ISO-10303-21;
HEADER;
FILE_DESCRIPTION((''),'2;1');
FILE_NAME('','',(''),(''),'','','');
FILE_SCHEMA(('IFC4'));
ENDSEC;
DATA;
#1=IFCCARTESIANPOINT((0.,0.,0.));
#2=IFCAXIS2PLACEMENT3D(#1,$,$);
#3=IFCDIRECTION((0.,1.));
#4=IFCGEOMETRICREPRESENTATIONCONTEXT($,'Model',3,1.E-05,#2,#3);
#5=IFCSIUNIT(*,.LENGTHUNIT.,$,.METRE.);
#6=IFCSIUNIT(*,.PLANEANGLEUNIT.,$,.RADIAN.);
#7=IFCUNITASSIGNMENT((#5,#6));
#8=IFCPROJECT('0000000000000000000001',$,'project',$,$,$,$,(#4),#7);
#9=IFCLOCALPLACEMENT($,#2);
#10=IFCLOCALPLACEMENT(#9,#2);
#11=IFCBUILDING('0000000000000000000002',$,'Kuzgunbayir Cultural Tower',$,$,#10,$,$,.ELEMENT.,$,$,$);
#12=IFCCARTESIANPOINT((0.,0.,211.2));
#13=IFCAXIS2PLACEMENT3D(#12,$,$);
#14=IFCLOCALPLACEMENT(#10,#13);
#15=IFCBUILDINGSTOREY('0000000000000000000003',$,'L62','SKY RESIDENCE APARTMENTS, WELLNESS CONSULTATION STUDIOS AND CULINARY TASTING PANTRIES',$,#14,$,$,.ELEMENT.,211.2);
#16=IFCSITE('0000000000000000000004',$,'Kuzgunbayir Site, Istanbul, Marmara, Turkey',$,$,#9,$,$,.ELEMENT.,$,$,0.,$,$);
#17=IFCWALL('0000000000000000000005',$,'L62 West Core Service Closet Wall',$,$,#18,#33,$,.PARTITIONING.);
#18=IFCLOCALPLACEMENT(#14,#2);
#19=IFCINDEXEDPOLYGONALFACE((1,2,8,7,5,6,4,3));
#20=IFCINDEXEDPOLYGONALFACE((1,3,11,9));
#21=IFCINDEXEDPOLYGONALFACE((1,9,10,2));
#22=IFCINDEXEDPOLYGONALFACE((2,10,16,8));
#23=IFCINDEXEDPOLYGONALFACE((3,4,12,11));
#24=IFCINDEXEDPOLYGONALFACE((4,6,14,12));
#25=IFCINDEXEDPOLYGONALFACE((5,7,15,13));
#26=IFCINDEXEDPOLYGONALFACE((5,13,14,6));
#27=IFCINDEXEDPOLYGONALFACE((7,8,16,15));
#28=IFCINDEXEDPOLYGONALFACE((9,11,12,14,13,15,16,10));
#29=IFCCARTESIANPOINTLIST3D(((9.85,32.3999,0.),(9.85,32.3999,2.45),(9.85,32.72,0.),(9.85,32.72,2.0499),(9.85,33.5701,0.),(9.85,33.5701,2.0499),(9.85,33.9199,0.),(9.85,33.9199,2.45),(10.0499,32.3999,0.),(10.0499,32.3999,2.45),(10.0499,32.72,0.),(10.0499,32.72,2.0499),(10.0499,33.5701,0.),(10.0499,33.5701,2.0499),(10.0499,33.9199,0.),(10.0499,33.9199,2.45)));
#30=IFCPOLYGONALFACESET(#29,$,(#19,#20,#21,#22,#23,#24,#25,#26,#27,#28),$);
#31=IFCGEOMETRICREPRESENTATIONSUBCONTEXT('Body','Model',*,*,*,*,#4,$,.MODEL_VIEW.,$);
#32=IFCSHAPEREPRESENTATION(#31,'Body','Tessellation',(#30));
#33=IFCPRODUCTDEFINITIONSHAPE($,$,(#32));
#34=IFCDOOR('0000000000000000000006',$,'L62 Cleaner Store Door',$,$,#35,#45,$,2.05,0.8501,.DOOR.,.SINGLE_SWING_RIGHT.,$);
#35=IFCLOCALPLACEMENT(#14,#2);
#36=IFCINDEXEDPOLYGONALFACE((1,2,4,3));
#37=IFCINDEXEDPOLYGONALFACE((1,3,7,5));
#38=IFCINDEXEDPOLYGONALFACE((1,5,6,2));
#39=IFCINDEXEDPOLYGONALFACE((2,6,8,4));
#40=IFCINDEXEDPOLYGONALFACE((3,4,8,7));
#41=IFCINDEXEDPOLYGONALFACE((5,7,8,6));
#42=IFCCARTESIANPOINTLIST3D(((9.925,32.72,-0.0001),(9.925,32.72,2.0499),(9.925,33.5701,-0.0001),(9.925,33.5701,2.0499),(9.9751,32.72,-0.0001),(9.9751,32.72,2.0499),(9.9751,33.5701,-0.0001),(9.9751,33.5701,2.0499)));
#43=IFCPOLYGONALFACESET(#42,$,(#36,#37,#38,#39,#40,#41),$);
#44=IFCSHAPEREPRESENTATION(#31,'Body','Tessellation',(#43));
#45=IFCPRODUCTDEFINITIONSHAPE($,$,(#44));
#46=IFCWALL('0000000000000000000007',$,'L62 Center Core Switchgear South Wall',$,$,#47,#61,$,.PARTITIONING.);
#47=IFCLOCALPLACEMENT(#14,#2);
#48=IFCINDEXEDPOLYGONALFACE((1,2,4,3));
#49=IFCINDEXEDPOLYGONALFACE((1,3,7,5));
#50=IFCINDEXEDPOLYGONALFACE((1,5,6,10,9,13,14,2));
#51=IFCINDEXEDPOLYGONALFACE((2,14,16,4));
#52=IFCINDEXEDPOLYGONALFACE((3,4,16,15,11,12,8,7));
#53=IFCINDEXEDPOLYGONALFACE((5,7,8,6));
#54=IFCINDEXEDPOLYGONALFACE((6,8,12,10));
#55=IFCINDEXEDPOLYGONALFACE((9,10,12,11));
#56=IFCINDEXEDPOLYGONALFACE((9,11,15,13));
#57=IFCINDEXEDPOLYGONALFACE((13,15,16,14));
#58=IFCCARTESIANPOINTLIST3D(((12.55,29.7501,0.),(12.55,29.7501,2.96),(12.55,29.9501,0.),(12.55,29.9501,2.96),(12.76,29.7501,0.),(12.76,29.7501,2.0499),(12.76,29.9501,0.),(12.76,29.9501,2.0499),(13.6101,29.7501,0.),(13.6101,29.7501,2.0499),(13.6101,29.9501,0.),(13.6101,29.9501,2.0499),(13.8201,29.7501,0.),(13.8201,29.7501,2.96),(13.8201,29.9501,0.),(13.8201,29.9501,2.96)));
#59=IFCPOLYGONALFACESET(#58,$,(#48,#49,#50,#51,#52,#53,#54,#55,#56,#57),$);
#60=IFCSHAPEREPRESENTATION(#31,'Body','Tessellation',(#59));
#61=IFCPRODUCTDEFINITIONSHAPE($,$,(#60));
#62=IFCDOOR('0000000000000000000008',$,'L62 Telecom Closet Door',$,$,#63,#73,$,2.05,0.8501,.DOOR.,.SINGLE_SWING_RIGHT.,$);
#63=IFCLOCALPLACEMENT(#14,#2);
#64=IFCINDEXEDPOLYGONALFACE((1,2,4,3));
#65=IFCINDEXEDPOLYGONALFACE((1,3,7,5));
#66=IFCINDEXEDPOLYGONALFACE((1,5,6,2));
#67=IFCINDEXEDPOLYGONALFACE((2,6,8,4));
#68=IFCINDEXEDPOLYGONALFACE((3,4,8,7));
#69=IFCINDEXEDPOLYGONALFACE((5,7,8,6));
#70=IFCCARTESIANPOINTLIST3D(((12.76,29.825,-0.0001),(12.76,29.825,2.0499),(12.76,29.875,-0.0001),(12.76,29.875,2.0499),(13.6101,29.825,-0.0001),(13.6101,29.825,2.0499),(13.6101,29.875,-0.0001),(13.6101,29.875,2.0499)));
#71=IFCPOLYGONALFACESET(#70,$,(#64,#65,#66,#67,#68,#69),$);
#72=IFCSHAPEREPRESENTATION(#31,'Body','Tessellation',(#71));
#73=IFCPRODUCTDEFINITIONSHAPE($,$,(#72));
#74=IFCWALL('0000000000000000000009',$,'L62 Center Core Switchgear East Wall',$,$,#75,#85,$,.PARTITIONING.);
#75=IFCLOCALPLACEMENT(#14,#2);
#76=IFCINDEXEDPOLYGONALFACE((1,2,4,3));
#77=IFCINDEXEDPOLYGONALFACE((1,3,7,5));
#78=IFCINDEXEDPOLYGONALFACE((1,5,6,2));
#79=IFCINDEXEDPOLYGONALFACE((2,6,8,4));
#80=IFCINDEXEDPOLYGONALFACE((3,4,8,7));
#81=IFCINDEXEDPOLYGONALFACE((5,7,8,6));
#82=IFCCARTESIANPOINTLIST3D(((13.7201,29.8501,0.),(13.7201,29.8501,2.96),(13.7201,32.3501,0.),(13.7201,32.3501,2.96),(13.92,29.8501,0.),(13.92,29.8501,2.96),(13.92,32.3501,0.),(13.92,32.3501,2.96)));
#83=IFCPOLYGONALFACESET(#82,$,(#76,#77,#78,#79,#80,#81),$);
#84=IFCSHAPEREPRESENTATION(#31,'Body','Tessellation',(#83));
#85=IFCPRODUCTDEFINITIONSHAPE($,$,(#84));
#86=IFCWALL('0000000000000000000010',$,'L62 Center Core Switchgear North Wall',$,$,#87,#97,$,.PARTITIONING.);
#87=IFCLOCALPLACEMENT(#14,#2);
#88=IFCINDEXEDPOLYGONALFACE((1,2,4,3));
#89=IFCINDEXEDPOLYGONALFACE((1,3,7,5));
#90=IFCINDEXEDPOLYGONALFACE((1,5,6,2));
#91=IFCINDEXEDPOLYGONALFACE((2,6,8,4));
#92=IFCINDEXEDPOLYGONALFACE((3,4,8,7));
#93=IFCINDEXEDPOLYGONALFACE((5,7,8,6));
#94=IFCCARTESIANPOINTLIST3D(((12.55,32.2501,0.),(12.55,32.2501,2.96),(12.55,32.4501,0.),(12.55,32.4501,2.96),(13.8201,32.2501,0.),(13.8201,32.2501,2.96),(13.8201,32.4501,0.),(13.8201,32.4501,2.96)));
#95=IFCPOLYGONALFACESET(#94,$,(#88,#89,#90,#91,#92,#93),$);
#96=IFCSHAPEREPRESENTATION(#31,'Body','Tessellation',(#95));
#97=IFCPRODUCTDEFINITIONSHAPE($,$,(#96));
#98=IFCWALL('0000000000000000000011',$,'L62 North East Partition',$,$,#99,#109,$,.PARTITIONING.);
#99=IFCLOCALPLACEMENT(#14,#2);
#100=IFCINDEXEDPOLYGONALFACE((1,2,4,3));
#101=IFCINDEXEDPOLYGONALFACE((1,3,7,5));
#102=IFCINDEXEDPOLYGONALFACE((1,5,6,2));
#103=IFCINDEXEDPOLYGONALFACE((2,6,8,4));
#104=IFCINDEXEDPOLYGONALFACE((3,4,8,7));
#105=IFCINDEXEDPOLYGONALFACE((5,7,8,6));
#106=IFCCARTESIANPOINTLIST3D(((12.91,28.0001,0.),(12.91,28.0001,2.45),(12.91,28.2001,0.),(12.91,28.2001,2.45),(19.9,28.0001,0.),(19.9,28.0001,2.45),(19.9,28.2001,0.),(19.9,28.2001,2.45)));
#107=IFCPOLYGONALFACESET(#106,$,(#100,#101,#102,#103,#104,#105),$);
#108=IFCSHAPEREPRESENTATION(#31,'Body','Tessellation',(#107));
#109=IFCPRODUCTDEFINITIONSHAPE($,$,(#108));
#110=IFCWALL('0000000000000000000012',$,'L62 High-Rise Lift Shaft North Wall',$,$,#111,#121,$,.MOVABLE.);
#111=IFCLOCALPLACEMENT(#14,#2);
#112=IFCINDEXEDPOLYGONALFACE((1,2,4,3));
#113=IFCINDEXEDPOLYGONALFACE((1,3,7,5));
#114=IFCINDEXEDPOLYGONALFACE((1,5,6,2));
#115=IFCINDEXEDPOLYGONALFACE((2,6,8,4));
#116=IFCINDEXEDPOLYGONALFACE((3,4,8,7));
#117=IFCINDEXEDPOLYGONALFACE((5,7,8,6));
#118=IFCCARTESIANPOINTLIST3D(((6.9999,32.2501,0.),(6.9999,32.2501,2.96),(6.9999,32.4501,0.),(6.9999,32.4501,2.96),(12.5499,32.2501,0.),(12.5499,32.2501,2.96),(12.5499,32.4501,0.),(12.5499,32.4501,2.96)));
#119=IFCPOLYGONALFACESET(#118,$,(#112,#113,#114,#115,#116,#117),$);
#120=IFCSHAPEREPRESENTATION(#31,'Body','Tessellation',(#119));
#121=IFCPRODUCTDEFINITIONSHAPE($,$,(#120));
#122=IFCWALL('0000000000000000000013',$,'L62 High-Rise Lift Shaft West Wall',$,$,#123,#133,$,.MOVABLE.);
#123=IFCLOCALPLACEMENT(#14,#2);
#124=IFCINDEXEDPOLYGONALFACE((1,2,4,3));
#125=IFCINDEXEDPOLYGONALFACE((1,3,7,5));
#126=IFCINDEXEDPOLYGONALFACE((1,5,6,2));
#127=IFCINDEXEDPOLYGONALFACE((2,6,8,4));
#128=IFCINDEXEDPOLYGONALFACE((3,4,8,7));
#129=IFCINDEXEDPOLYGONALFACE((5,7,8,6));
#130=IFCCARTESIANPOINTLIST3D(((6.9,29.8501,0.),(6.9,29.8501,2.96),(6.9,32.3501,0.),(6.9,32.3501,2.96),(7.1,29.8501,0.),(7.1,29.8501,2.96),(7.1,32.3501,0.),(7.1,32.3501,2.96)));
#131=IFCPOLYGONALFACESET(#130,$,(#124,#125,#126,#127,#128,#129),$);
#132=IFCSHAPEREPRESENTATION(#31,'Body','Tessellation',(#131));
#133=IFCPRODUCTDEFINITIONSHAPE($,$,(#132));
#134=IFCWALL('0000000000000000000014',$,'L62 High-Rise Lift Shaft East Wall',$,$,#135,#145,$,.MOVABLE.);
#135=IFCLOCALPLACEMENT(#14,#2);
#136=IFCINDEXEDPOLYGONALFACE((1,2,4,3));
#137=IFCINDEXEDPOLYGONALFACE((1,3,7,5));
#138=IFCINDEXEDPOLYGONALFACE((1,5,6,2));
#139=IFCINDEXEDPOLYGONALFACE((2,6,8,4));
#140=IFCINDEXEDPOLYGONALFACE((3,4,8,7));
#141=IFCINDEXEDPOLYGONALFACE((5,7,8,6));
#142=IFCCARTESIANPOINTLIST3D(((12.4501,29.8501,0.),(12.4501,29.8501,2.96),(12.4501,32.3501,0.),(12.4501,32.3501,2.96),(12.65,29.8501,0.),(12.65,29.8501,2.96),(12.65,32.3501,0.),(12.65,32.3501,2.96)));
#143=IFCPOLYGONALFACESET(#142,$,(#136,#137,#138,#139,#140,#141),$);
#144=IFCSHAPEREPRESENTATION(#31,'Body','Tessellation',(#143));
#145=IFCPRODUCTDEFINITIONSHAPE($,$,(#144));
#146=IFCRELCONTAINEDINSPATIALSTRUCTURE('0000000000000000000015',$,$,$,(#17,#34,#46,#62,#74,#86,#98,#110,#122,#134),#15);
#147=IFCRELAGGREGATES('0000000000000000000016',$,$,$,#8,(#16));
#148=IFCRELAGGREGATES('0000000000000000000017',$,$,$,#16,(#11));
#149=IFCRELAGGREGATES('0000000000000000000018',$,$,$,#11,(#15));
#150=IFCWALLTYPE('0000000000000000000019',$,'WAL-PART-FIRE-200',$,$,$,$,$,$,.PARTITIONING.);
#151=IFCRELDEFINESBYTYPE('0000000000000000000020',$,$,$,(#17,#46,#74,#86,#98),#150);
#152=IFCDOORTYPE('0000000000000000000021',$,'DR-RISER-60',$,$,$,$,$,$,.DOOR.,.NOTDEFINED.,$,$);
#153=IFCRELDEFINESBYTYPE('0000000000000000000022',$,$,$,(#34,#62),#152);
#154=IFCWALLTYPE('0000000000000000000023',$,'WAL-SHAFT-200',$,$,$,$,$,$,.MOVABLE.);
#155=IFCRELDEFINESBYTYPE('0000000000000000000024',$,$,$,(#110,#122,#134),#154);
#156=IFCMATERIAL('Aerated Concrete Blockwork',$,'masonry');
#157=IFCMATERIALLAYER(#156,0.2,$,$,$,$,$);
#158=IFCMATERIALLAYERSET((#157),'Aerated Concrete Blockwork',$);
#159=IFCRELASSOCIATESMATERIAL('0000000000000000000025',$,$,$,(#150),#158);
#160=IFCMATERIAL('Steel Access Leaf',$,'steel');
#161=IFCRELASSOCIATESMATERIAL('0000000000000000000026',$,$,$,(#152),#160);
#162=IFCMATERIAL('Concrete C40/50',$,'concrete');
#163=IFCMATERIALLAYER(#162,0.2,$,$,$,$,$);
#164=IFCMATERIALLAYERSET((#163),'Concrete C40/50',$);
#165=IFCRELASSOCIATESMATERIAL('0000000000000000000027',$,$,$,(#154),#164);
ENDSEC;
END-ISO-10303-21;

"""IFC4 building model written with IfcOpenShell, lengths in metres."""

from ifc_helpers import new_model, si_unit, direction, frame, frame_2d, origin, place, context, subcontext, project, spatial, rectangle, extrude, material, layer, layer_set, type_object, element, fill, save


model = new_model("IFC4")

# Units and contexts
model_context = context("Model", 3, precision=1e-05, world=origin(), true_north=direction((0.0, 1.0)))
body_context = subcontext(model_context, "Body", "Model", "MODEL_VIEW")
ifc_project = project(units=[si_unit("LENGTHUNIT", "METRE"), si_unit("PLANEANGLEUNIT", "RADIAN")], contexts=[model_context])

# Site, building, storey
site_placement = place(None, origin())
site = spatial("IfcSite", under=ifc_project, at=site_placement, Name="Kuzgunbayir Site, Istanbul, Marmara, Turkey", CompositionType="ELEMENT", RefElevation=0.0)
building_placement = place(site_placement, origin())
building = spatial("IfcBuilding", under=site, at=building_placement, Name="Kuzgunbayir Cultural Tower", CompositionType="ELEMENT")
storey_placement = place(building_placement, frame((0.0, 0.0, 211.2)))
storey = spatial("IfcBuildingStorey", under=building, at=storey_placement, Name="L62", Description="SKY RESIDENCE APARTMENTS, WELLNESS CONSULTATION STUDIOS AND CULINARY TASTING PANTRIES", CompositionType="ELEMENT", Elevation=211.2)

# Walls, openings, doors
ifc_material_1 = material(Name="Aerated Concrete Blockwork", Category="masonry")
ifc_layer_1 = layer(ifc_material_1, 0.2)
ifc_layer_set_1 = layer_set([ifc_layer_1], Name="Aerated Concrete Blockwork")
wall_type_1 = type_object("IfcWallType", Name="WAL-PART-FIRE-200", PredefinedType="PARTITIONING", material=ifc_layer_set_1)
wall_1_placement = place(storey_placement, frame((9.95, 32.3999, 0.0), z_axis=(0.0, 0.0, 1.0), x_axis=(0.0, 1.0, 0.0)))
wall_1 = element("IfcWall", 1, at=wall_1_placement, inside=storey, type_object=wall_type_1, Name="L62 West Core Service Closet Wall", PredefinedType="PARTITIONING", context=body_context, shape_type="SweptSolid", body=[
    extrude(rectangle(XDim=1.52, YDim=0.2, at=frame_2d((0.76, 0.0))), origin(), (0.0, 0.0, 1.0), 2.45),
])
opening_1_placement = place(wall_1_placement, frame((0.3201, 0.0, 0.0)))
opening_1 = element("IfcOpeningElement", 2, at=opening_1_placement, cuts=wall_1, PredefinedType="OPENING", context=body_context, shape_type="SweptSolid", body=[
    extrude(rectangle(XDim=0.8501, YDim=2.05, at=frame_2d((0.425, 1.0249))), frame((0.0, 0.1099, 0.0), z_axis=(0.0, -1.0, 0.0), x_axis=(1.0, 0.0, 0.0)), (0.0, 0.0, 1.0), 0.22),
])
ifc_material_2 = material(Name="Steel Access Leaf", Category="steel")
door_type_1 = type_object("IfcDoorType", Name="DR-RISER-60", OperationType="NOTDEFINED", PredefinedType="DOOR", material=ifc_material_2)
door_1_placement = place(opening_1_placement, origin())
door_1 = element("IfcDoor", 3, at=door_1_placement, inside=storey, type_object=door_type_1, Name="L62 Cleaner Store Door", OperationType="SINGLE_SWING_RIGHT", OverallHeight=2.05, OverallWidth=0.8501, PredefinedType="DOOR", context=body_context, shape_type="SweptSolid", body=[
    extrude(rectangle(XDim=0.8501, YDim=2.05, at=frame_2d((0.425, 1.0249))), frame((0.0, 0.0249, 0.0), z_axis=(0.0, -1.0, 0.0), x_axis=(1.0, 0.0, 0.0)), (0.0, 0.0, 1.0), 0.05),
])
fill(opening_1, door_1)
wall_2_placement = place(storey_placement, frame((12.55, 29.8501, 0.0), z_axis=(0.0, 0.0, 1.0), x_axis=(1.0, 0.0, 0.0)))
wall_2 = element("IfcWall", 4, at=wall_2_placement, inside=storey, type_object=wall_type_1, Name="L62 Center Core Switchgear South Wall", PredefinedType="PARTITIONING", context=body_context, shape_type="SweptSolid", body=[
    extrude(rectangle(XDim=1.27, YDim=0.2, at=frame_2d((0.635, 0.0))), origin(), (0.0, 0.0, 1.0), 2.96),
])
opening_2_placement = place(wall_2_placement, frame((0.21, 0.0, 0.0)))
opening_2 = element("IfcOpeningElement", 5, at=opening_2_placement, cuts=wall_2, PredefinedType="OPENING", context=body_context, shape_type="SweptSolid", body=[
    extrude(rectangle(XDim=0.8501, YDim=2.05, at=frame_2d((0.425, 1.0249))), frame((0.0, 0.1099, 0.0), z_axis=(0.0, -1.0, 0.0), x_axis=(1.0, 0.0, 0.0)), (0.0, 0.0, 1.0), 0.22),
])
door_2_placement = place(opening_2_placement, origin())
door_2 = element("IfcDoor", 6, at=door_2_placement, inside=storey, type_object=door_type_1, Name="L62 Telecom Closet Door", OperationType="SINGLE_SWING_RIGHT", OverallHeight=2.05, OverallWidth=0.8501, PredefinedType="DOOR", context=body_context, shape_type="SweptSolid", body=[
    extrude(rectangle(XDim=0.8501, YDim=2.05, at=frame_2d((0.425, 1.0249))), frame((0.0, 0.0249, 0.0), z_axis=(0.0, -1.0, 0.0), x_axis=(1.0, 0.0, 0.0)), (0.0, 0.0, 1.0), 0.05),
])
fill(opening_2, door_2)

# Walls
wall_3_placement = place(storey_placement, frame((13.8201, 29.8501, 0.0), z_axis=(0.0, 0.0, 1.0), x_axis=(0.0, 1.0, 0.0)))
element("IfcWall", 7, at=wall_3_placement, inside=storey, type_object=wall_type_1, Name="L62 Center Core Switchgear East Wall", PredefinedType="PARTITIONING", context=body_context, shape_type="SweptSolid", body=[
    extrude(rectangle(XDim=2.5, YDim=0.2, at=frame_2d((1.25, 0.0))), origin(), (0.0, 0.0, 1.0), 2.96),
])
wall_4_placement = place(storey_placement, frame((12.55, 32.3501, 0.0), z_axis=(0.0, 0.0, 1.0), x_axis=(1.0, 0.0, 0.0)))
element("IfcWall", 8, at=wall_4_placement, inside=storey, type_object=wall_type_1, Name="L62 Center Core Switchgear North Wall", PredefinedType="PARTITIONING", context=body_context, shape_type="SweptSolid", body=[
    extrude(rectangle(XDim=1.27, YDim=0.2, at=frame_2d((0.635, 0.0))), origin(), (0.0, 0.0, 1.0), 2.96),
])
wall_5_placement = place(storey_placement, frame((12.9099, 28.1001, 0.0), z_axis=(0.0, 0.0, 1.0), x_axis=(1.0, 0.0, 0.0)))
element("IfcWall", 9, at=wall_5_placement, inside=storey, type_object=wall_type_1, Name="L62 North East Partition", PredefinedType="PARTITIONING", context=body_context, shape_type="SweptSolid", body=[
    extrude(rectangle(XDim=6.99, YDim=0.2, at=frame_2d((3.4951, 0.0))), origin(), (0.0, 0.0, 1.0), 2.45),
])

# Shared definitions
ifc_material_3 = material(Name="Concrete C40/50", Category="concrete")
ifc_layer_2 = layer(ifc_material_3, 0.2)
ifc_layer_set_2 = layer_set([ifc_layer_2], Name="Concrete C40/50")
wall_type_2 = type_object("IfcWallType", Name="WAL-SHAFT-200", PredefinedType="MOVABLE", material=ifc_layer_set_2)

# Walls
wall_6_placement = place(storey_placement, frame((7.0, 32.3501, 0.0), z_axis=(0.0, 0.0, 1.0), x_axis=(1.0, 0.0, 0.0)))
element("IfcWall", 10, at=wall_6_placement, inside=storey, type_object=wall_type_2, Name="L62 High-Rise Lift Shaft North Wall", PredefinedType="MOVABLE", context=body_context, shape_type="SweptSolid", body=[
    extrude(rectangle(XDim=5.55, YDim=0.2, at=frame_2d((2.7749, 0.0))), origin(), (0.0, 0.0, 1.0), 2.96),
])
for number, where, z_axis, x_axis, name in (
    (11, (7.0, 29.8501, 0.0), (0.0, 0.0, 1.0), (0.0, 1.0, 0.0), "L62 High-Rise Lift Shaft West Wall"),
    (12, (12.55, 29.8501, 0.0), (0.0, 0.0, 1.0), (0.0, 1.0, 0.0), "L62 High-Rise Lift Shaft East Wall"),
):
    element("IfcWall", number, at=place(storey_placement, frame(where, z_axis=z_axis, x_axis=x_axis)), inside=storey, type_object=wall_type_2, Name=name, PredefinedType="MOVABLE", context=body_context, shape_type="SweptSolid", body=[
        extrude(rectangle(XDim=2.5, YDim=0.2, at=frame_2d((1.25, 0.0))), origin(), (0.0, 0.0, 1.0), 2.96),
    ])

save(model, "model.ifc")
